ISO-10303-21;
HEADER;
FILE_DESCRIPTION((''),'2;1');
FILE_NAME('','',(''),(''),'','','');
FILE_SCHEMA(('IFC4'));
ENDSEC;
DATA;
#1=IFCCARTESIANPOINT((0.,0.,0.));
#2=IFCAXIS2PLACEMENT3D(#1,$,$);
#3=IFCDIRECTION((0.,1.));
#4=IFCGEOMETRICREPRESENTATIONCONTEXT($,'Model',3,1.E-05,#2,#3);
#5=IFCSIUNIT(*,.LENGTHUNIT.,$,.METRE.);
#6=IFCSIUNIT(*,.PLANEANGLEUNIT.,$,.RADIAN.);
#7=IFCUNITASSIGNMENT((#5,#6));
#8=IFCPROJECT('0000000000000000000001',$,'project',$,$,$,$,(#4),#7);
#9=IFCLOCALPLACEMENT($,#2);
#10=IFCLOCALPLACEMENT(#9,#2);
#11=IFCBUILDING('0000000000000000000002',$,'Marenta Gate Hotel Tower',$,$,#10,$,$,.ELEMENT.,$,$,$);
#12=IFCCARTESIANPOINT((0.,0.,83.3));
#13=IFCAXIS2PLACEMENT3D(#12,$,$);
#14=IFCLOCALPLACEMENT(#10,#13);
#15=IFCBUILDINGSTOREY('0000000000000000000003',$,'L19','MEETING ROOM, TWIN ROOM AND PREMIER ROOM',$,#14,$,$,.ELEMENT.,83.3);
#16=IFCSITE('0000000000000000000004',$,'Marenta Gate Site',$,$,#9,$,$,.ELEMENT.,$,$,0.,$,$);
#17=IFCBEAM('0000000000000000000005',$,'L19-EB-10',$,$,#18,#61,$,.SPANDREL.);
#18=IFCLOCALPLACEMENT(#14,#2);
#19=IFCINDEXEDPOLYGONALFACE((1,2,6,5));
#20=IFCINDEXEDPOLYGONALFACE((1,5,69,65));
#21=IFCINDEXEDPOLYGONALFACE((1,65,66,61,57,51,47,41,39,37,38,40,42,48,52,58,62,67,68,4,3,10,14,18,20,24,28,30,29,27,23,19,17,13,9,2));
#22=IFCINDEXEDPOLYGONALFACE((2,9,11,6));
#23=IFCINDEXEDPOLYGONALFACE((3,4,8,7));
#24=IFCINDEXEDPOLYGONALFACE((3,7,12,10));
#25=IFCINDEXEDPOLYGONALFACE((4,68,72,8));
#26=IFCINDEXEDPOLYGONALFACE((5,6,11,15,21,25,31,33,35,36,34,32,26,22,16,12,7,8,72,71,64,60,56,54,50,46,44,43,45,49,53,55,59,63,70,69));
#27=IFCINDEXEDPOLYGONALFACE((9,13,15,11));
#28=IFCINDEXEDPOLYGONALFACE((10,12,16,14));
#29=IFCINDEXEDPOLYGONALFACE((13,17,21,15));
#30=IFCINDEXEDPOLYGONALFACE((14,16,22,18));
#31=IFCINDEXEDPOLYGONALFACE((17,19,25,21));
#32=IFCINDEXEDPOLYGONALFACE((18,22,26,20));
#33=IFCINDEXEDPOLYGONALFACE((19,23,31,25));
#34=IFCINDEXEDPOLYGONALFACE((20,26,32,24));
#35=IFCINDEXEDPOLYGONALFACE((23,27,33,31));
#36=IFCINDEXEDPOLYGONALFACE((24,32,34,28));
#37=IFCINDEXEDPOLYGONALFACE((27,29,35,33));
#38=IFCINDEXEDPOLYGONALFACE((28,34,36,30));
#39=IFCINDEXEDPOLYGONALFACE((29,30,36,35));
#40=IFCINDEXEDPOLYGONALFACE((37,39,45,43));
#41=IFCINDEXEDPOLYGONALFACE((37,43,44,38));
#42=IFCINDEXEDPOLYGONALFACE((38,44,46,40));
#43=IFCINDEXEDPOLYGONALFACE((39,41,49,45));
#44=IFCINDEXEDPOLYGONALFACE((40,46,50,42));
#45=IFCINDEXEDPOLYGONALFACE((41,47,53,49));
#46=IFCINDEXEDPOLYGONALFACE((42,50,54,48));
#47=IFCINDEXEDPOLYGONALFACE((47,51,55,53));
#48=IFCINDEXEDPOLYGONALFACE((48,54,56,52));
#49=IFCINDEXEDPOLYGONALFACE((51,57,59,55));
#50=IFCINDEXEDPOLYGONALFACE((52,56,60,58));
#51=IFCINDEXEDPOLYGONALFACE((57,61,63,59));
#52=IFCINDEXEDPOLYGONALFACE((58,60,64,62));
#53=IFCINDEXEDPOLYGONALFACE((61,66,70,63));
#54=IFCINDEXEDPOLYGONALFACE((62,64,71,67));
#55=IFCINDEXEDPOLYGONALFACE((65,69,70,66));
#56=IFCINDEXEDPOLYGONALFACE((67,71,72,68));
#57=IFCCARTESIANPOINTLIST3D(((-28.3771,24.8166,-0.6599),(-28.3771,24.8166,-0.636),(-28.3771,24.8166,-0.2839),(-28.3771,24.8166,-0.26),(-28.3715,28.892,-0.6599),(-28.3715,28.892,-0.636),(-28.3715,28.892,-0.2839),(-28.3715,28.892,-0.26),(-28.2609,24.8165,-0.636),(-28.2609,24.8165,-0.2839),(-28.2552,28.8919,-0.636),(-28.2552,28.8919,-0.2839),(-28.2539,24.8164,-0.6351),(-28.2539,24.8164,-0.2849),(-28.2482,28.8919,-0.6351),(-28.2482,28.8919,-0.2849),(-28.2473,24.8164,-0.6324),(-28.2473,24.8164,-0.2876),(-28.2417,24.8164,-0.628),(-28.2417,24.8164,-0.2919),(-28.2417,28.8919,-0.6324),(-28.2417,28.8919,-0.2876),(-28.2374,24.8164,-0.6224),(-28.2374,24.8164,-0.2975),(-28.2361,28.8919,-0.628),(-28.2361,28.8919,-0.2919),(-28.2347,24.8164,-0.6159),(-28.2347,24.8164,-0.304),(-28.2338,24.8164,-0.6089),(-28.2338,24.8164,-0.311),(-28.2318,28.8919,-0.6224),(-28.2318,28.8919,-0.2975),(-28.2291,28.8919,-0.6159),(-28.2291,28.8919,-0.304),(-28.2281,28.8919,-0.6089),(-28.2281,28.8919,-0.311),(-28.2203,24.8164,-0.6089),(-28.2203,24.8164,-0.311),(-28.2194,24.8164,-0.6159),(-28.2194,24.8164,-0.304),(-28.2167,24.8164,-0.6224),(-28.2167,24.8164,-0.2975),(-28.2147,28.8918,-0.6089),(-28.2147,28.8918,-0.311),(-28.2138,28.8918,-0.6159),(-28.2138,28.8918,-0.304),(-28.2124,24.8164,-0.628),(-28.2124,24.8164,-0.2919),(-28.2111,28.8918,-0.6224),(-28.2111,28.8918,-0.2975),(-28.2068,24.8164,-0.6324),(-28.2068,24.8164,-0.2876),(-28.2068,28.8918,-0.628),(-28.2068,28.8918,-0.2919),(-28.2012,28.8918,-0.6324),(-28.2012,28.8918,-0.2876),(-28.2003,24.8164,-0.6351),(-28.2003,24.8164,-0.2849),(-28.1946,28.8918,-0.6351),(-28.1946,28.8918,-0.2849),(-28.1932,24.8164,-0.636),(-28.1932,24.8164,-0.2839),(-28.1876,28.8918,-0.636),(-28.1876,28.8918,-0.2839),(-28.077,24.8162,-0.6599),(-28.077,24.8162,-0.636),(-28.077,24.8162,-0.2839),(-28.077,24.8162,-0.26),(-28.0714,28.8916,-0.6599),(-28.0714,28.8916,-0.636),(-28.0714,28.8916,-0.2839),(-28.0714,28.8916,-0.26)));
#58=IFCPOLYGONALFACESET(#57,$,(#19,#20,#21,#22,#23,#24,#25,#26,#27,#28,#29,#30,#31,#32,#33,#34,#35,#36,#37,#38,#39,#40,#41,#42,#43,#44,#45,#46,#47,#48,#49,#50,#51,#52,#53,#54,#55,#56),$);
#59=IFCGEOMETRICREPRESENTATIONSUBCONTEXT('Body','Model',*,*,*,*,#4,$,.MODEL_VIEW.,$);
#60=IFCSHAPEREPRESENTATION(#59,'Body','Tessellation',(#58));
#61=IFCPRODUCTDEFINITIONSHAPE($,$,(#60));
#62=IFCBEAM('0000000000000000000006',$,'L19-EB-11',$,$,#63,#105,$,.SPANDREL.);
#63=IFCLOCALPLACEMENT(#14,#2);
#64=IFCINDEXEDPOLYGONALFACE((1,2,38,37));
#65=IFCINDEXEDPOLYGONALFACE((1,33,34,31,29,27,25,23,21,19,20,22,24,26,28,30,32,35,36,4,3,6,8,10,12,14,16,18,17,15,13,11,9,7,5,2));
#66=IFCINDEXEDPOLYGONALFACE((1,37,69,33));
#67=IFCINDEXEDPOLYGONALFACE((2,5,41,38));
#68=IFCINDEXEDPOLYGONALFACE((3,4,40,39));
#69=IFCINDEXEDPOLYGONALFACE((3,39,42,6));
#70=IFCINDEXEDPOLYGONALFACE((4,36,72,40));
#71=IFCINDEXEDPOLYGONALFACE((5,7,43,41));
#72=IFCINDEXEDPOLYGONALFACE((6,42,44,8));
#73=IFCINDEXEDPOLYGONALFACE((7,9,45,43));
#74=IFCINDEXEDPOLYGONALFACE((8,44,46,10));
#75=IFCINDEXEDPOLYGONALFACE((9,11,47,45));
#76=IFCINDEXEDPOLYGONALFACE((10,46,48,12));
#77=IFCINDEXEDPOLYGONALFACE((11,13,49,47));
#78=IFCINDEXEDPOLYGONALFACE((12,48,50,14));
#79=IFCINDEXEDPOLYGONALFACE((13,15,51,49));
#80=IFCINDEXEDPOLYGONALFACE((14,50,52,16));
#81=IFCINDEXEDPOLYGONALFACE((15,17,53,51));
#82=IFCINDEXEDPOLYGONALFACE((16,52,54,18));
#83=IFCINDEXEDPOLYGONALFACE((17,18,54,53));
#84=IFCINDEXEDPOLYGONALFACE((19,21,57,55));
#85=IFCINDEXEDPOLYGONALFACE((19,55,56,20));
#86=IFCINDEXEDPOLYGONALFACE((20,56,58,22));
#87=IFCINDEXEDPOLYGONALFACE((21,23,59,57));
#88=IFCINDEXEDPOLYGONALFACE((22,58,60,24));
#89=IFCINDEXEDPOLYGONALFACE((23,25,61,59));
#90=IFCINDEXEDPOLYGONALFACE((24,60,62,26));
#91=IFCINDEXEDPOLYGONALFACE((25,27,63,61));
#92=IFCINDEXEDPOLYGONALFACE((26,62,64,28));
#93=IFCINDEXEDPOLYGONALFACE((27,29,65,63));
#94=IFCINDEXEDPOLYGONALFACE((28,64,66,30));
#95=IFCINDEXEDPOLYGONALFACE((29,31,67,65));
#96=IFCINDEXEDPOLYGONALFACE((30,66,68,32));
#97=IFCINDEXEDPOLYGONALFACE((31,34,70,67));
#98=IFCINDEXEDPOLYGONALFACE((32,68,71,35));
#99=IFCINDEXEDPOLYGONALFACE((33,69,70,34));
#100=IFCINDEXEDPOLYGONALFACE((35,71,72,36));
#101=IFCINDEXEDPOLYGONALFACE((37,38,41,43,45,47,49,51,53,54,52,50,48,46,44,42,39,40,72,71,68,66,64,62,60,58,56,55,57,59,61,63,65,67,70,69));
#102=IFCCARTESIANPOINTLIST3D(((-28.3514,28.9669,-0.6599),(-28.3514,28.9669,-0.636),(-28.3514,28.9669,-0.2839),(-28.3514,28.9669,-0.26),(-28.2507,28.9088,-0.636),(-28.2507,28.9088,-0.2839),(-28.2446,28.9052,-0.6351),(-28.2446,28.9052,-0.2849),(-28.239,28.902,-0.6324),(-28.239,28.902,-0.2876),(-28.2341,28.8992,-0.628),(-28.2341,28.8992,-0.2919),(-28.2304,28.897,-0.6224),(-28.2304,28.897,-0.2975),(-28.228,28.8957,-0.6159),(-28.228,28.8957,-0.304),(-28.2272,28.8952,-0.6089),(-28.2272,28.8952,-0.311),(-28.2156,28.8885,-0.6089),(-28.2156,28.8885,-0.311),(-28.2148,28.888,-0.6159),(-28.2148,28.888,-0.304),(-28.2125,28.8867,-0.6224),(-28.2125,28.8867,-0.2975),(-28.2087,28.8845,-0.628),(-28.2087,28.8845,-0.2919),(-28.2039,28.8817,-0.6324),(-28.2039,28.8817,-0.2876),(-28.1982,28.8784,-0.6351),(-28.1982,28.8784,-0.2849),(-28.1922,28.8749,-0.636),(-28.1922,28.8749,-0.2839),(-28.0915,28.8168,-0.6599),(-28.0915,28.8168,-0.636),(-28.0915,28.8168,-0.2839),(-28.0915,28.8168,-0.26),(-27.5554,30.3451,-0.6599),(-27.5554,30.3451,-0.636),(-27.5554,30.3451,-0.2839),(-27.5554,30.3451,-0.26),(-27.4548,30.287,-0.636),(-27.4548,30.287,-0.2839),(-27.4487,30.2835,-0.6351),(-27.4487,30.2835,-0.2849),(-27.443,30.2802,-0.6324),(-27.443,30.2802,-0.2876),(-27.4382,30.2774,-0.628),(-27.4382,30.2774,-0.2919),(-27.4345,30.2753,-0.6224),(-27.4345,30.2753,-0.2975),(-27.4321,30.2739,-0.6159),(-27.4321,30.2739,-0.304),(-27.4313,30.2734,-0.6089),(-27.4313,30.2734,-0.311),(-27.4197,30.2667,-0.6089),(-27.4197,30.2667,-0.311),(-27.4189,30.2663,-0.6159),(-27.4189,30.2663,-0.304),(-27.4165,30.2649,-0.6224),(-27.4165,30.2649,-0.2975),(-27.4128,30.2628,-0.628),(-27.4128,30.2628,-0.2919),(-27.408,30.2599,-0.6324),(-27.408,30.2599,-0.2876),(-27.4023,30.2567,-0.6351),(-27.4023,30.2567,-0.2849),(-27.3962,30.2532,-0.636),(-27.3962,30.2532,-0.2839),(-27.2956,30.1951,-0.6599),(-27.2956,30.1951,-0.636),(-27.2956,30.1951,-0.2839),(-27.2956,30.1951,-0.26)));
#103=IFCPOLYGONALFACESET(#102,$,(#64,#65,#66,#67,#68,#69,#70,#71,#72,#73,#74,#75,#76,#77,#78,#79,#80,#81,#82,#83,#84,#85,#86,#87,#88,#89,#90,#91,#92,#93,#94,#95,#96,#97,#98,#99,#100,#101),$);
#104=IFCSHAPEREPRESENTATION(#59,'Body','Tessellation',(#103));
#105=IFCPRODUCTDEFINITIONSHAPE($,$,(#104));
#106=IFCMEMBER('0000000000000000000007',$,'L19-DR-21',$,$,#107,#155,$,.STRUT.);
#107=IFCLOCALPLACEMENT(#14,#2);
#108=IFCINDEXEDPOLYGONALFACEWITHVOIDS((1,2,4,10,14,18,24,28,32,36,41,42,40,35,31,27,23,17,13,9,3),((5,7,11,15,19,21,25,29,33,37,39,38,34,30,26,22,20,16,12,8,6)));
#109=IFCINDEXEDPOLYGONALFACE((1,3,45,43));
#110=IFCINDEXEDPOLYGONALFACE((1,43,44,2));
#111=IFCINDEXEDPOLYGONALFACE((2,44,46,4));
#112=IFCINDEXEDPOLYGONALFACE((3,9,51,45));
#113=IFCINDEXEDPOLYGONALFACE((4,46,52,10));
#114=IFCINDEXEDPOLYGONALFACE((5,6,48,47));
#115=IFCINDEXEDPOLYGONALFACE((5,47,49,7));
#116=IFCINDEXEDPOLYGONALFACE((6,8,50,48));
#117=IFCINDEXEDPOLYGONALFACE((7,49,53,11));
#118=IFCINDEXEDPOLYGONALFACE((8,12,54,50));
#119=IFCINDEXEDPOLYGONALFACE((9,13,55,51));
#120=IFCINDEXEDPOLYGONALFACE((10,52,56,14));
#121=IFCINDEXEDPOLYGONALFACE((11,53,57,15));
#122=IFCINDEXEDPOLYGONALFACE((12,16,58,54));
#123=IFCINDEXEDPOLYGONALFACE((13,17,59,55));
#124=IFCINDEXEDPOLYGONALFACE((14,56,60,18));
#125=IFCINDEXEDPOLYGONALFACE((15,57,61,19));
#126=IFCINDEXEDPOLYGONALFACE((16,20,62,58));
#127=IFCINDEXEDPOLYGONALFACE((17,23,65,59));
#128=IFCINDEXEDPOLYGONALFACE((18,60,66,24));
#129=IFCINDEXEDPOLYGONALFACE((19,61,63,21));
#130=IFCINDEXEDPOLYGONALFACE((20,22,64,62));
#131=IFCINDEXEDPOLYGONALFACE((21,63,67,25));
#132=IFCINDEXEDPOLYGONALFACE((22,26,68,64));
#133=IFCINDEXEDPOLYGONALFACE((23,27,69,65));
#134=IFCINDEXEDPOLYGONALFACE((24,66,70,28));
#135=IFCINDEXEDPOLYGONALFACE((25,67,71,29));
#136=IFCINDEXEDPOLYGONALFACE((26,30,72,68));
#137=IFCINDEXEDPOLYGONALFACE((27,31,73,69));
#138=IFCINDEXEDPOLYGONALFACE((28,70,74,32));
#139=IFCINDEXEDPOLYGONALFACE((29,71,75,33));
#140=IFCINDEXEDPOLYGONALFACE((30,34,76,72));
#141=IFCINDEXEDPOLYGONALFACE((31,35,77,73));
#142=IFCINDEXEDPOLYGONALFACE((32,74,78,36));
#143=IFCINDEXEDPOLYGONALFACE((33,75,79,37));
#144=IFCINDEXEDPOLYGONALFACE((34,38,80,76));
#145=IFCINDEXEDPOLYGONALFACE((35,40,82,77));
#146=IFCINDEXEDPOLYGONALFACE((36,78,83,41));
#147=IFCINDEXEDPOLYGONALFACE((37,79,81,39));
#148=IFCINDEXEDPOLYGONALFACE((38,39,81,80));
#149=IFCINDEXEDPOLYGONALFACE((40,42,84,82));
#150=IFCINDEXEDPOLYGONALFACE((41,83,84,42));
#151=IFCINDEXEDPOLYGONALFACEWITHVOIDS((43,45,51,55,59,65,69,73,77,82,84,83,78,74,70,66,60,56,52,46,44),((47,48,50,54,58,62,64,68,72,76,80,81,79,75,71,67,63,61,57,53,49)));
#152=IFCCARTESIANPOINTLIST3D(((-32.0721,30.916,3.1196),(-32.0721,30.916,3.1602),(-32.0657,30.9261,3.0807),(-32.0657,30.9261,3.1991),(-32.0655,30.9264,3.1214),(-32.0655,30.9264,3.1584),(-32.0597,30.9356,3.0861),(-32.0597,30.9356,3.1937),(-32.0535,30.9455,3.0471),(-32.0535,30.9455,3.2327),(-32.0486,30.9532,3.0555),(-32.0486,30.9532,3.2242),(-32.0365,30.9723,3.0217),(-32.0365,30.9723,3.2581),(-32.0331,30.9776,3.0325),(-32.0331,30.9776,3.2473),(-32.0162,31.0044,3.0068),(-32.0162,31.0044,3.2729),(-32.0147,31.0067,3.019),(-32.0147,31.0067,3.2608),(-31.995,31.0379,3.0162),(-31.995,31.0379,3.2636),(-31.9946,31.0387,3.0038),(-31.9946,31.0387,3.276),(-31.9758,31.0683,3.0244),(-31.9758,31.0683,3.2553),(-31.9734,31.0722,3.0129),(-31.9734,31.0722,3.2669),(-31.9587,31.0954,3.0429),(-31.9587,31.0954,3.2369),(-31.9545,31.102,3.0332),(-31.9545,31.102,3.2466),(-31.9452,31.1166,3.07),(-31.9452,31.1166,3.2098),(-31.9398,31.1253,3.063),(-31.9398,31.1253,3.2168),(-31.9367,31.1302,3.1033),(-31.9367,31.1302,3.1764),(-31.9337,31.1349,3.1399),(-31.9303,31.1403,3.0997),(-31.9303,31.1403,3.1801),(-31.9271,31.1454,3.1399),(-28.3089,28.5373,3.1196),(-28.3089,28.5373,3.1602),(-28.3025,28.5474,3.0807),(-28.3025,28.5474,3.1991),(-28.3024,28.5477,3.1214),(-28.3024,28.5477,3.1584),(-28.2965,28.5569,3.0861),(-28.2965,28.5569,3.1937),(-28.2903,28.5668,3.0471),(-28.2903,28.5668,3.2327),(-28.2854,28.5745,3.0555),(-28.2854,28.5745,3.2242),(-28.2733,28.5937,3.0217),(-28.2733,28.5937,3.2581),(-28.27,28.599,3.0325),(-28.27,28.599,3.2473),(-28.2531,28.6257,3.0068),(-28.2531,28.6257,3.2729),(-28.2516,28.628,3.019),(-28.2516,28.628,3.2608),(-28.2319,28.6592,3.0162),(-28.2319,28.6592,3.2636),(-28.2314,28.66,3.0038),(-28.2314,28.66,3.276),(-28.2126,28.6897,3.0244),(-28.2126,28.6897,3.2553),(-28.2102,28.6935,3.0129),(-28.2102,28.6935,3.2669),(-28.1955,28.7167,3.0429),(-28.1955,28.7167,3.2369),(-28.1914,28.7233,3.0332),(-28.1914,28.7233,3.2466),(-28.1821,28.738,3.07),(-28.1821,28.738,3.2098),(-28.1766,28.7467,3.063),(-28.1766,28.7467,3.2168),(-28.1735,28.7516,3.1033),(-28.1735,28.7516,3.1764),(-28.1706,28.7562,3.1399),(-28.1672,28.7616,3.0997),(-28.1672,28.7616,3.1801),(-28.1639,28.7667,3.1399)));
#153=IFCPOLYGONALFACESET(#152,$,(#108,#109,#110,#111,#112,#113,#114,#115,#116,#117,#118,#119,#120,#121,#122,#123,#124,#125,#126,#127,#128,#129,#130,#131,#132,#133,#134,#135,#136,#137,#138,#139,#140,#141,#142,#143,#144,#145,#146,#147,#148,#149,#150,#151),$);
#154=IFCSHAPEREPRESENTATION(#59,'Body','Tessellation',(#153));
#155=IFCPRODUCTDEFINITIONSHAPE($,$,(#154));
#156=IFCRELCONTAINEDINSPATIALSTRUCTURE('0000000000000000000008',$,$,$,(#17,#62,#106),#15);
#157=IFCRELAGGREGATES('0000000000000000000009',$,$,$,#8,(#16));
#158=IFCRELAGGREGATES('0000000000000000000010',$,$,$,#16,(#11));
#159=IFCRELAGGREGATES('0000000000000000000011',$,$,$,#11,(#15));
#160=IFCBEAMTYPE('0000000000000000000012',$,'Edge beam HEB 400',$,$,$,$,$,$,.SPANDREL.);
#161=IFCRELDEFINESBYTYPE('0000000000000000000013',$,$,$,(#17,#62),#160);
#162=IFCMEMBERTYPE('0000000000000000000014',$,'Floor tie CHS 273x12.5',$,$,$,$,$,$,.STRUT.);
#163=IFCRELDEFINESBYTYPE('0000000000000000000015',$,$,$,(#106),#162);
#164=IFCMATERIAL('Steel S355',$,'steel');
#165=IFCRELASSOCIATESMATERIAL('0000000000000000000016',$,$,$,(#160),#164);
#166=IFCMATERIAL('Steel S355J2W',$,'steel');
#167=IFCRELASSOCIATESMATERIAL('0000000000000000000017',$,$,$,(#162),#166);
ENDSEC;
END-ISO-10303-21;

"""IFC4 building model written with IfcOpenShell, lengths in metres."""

from ifc_helpers import new_model, si_unit, direction, frame, origin, origin_2d, place, context, subcontext, project, spatial, hollow_circle, i_section, extrude, material, material_profile, profile_set, type_object, element, save


model = new_model("IFC4")

# Units and contexts
model_context = context("Model", 3, precision=1e-05, world=origin(), true_north=direction((0.0, 1.0)))
body_context = subcontext(model_context, "Body", "Model", "MODEL_VIEW")
ifc_project = project(units=[si_unit("LENGTHUNIT", "METRE"), si_unit("PLANEANGLEUNIT", "RADIAN")], contexts=[model_context])

# Site, building, storey
site_placement = place(None, origin())
site = spatial("IfcSite", under=ifc_project, at=site_placement, Name="Marenta Gate Site", CompositionType="ELEMENT", RefElevation=0.0)
building_placement = place(site_placement, origin())
building = spatial("IfcBuilding", under=site, at=building_placement, Name="Marenta Gate Hotel Tower", CompositionType="ELEMENT")
storey_placement = place(building_placement, frame((0.0, 0.0, 83.3)))
storey = spatial("IfcBuildingStorey", under=building, at=storey_placement, Name="L19", Description="MEETING ROOM, TWIN ROOM AND PREMIER ROOM", CompositionType="ELEMENT", Elevation=83.3)

# Beams
ifc_material_1 = material(Name="Steel S355", Category="steel")
ifc_material_profile_1 = material_profile(ifc_material_1, i_section(OverallWidth=0.3, OverallDepth=0.3999, WebThickness=0.0134, FlangeThickness=0.0239, FilletRadius=0.0271, at=origin_2d()), Name="HEB 400")
ifc_profile_set_1 = profile_set([ifc_material_profile_1], Name="Steel S355")
beam_type_1 = type_object("IfcBeamType", Name="Edge beam HEB 400", PredefinedType="SPANDREL", material=ifc_profile_set_1)
beam_1_placement = place(storey_placement, frame((-28.2271, 24.8164, -0.46), z_axis=(0.001378, 0.999999, 0.0), x_axis=(-0.999999, 0.001378, 0.0)))
element("IfcBeam", 1, at=beam_1_placement, inside=storey, type_object=beam_type_1, Name="L19-EB-10", PredefinedType="SPANDREL", context=body_context, shape_type="SweptSolid", body=[
    extrude(i_section(OverallWidth=0.3, OverallDepth=0.3999, WebThickness=0.0134, FlangeThickness=0.0239, FilletRadius=0.0271, at=origin_2d()), origin(), (0.0, 0.0, 1.0), 4.0754),
])
beam_2_placement = place(storey_placement, frame((-28.2214, 28.8918, -0.46), z_axis=(0.500099, 0.865968, 0.0), x_axis=(-0.865968, 0.500099, 0.0)))
element("IfcBeam", 2, at=beam_2_placement, inside=storey, type_object=beam_type_1, Name="L19-EB-11", PredefinedType="SPANDREL", context=body_context, shape_type="SweptSolid", body=[
    extrude(i_section(OverallWidth=0.3, OverallDepth=0.3999, WebThickness=0.0134, FlangeThickness=0.0239, FilletRadius=0.0271, at=origin_2d()), origin(), (0.0, 0.0, 1.0), 1.5916),
])

# Member
ifc_material_2 = material(Name="Steel S355J2W", Category="steel")
ifc_material_profile_2 = material_profile(ifc_material_2, hollow_circle(Radius=0.1365, WallThickness=0.0125, at=origin_2d()), Name="CHS 273x12.5")
ifc_profile_set_2 = profile_set([ifc_material_profile_2], Name="Steel S355J2W")
member_type_1 = type_object("IfcMemberType", Name="Floor tie CHS 273x12.5", PredefinedType="STRUT", material=ifc_profile_set_2)
member_1_placement = place(storey_placement, frame((-32.0, 31.03, 3.1399), z_axis=(0.845295, -0.5343, 0.0), x_axis=(0.5343, 0.845295, 0.0)))
element("IfcMember", 3, at=member_1_placement, inside=storey, type_object=member_type_1, Name="L19-DR-21", PredefinedType="STRUT", context=body_context, shape_type="SweptSolid", body=[
    extrude(hollow_circle(Radius=0.1365, WallThickness=0.0125, at=origin_2d()), origin(), (0.0, 0.0, 1.0), 4.4519),
])

save(model, "model.ifc")
